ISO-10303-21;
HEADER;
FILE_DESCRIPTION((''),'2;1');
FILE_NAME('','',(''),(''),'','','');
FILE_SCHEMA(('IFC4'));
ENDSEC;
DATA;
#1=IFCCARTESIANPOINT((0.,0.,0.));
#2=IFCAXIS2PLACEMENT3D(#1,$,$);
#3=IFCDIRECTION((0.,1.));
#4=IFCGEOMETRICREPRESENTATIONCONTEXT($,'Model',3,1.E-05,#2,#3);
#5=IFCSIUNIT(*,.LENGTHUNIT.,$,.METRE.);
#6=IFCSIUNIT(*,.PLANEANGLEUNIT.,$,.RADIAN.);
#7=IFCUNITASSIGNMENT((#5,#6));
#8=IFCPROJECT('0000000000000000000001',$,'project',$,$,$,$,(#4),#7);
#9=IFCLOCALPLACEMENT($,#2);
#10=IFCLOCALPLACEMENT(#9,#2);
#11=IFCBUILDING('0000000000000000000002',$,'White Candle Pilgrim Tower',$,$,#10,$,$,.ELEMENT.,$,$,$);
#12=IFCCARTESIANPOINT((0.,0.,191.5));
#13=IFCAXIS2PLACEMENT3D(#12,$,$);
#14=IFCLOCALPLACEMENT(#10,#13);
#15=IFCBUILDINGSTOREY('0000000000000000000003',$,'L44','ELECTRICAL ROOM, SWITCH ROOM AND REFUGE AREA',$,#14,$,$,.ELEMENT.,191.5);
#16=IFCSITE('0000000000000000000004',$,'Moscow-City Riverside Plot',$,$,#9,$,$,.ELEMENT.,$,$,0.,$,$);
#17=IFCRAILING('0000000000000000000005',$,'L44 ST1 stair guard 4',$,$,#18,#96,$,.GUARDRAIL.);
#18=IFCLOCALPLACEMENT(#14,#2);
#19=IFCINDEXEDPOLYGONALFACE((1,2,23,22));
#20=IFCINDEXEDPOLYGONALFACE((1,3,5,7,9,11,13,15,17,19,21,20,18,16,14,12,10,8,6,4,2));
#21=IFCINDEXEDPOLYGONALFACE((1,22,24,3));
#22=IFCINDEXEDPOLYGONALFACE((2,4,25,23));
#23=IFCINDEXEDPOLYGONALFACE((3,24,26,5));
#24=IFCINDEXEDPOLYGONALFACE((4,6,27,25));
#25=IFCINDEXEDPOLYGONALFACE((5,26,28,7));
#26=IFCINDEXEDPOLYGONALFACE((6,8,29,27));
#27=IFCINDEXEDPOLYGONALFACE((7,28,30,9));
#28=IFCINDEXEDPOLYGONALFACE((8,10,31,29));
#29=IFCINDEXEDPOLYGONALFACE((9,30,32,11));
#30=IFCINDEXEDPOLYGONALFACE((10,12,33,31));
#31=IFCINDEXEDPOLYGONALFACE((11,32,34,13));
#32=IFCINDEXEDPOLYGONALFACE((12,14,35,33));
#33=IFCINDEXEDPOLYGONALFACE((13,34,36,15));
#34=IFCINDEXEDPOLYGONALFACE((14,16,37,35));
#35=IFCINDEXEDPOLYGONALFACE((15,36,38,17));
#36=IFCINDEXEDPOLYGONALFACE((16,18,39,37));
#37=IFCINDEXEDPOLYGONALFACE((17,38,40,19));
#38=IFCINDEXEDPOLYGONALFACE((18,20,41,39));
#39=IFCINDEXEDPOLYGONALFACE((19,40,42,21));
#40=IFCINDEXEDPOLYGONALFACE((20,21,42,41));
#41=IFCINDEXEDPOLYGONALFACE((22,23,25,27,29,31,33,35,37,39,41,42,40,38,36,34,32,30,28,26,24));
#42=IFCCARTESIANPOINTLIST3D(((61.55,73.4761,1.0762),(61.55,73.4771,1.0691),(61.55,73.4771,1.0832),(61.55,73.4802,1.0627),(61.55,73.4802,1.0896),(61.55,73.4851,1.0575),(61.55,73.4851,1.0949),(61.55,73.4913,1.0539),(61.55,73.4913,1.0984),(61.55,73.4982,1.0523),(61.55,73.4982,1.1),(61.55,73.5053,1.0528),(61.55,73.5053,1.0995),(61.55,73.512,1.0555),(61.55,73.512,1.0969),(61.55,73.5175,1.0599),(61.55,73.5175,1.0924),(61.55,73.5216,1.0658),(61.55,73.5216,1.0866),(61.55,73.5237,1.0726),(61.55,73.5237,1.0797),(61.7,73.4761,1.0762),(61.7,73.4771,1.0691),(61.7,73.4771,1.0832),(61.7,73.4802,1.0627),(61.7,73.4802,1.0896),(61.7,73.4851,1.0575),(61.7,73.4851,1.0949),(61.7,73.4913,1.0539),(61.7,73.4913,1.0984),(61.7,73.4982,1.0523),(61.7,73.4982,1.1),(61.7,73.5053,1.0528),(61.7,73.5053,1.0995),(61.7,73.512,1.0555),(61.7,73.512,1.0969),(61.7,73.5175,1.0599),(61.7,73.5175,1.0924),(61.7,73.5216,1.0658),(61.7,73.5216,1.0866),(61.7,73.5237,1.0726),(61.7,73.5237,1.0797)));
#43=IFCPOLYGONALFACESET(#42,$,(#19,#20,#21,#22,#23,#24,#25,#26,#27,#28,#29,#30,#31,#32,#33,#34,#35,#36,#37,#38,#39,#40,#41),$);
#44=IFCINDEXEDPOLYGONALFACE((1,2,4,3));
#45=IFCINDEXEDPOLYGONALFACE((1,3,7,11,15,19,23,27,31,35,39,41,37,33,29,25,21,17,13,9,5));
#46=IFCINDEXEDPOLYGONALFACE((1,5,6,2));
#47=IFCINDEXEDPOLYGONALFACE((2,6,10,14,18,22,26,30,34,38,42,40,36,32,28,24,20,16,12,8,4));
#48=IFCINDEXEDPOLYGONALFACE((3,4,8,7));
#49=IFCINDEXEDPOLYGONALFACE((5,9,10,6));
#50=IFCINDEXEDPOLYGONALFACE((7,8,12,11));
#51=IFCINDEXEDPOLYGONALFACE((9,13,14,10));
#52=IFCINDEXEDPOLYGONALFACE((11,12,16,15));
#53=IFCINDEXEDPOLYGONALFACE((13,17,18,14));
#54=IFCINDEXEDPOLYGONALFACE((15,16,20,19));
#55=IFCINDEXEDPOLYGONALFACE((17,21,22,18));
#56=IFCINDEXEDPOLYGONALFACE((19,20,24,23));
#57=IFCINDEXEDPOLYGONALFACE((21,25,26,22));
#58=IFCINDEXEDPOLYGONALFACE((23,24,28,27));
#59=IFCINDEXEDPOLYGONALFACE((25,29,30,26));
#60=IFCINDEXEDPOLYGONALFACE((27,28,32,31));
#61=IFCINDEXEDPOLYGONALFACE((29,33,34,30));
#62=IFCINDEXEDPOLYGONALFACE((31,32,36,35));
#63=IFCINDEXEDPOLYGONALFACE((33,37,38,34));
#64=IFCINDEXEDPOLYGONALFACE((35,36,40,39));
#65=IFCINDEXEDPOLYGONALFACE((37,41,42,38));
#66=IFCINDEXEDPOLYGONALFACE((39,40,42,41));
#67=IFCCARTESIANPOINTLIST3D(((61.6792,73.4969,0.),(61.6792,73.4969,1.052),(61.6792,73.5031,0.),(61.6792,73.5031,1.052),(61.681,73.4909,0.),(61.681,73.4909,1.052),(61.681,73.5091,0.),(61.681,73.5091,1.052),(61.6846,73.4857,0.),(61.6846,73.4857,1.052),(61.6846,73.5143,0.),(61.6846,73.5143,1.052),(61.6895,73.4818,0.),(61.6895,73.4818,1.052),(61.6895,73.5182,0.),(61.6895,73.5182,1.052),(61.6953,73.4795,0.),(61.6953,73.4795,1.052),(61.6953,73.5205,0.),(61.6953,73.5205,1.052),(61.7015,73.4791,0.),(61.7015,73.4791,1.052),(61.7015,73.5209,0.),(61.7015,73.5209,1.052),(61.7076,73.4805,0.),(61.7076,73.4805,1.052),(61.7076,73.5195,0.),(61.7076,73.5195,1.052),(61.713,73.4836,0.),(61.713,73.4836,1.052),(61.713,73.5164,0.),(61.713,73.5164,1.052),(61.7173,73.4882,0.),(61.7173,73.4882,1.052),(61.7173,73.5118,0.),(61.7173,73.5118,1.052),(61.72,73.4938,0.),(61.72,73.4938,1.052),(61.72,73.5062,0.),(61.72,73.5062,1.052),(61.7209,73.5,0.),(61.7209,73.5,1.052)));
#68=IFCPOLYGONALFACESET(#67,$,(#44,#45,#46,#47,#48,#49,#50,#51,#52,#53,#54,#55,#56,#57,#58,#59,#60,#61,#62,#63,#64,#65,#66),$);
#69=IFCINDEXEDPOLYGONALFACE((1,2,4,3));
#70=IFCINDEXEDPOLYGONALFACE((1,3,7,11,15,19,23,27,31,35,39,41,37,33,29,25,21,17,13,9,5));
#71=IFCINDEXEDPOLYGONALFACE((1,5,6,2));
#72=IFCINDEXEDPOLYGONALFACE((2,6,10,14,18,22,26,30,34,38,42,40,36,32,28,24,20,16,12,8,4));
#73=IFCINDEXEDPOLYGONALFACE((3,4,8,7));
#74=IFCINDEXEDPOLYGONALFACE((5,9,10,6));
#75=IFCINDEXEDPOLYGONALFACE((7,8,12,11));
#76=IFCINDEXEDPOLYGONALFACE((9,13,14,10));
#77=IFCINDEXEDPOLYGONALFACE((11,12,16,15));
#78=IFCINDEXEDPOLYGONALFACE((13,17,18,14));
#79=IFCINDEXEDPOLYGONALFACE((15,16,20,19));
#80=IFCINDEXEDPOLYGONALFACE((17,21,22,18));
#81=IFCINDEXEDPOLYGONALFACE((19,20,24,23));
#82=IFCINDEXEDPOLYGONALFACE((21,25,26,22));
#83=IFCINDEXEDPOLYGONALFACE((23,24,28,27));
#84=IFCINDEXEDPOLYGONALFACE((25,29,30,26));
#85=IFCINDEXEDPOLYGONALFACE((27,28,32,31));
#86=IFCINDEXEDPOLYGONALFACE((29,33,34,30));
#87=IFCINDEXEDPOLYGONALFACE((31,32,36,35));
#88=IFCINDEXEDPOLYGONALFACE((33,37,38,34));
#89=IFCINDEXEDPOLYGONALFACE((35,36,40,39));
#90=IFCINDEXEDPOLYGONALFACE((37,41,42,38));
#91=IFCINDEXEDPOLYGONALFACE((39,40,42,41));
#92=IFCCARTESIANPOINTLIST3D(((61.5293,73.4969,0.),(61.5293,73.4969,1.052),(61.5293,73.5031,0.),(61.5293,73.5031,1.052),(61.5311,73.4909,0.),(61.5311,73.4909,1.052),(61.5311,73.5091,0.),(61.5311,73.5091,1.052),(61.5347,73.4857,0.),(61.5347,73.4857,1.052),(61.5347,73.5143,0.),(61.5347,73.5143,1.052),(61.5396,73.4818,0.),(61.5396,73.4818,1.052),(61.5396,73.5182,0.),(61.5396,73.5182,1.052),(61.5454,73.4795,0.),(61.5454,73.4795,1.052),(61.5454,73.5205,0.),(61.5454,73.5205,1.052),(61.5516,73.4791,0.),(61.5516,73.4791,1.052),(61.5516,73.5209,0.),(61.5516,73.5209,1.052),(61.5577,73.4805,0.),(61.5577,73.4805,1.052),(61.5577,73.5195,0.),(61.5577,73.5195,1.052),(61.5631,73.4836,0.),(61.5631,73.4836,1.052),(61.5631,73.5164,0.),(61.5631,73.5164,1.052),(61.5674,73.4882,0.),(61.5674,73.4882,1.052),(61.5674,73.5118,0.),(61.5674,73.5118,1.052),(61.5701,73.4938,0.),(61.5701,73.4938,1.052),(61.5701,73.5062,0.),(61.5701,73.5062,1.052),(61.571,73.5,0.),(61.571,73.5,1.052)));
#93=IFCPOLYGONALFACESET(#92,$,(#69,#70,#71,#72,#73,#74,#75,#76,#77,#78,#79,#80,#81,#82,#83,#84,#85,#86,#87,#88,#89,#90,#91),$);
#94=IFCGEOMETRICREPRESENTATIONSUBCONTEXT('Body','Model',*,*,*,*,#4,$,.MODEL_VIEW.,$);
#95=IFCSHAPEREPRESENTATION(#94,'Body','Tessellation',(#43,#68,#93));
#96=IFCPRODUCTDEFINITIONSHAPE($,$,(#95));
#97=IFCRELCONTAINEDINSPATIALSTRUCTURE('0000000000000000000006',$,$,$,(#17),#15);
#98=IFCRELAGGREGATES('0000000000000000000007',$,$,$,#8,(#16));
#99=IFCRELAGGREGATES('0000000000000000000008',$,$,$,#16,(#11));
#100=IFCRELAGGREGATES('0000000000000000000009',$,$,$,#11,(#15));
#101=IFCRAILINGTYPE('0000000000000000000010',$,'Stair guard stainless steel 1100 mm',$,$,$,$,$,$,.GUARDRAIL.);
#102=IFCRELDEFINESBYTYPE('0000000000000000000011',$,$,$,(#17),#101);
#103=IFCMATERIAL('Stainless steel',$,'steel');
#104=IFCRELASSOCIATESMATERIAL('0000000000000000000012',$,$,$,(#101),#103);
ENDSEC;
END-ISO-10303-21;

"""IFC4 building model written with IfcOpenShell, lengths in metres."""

from ifc_helpers import new_model, si_unit, direction, frame, origin, origin_2d, place, context, subcontext, project, spatial, circle, extrude, material, type_object, element, save


model = new_model("IFC4")

# Units and contexts
model_context = context("Model", 3, precision=1e-05, world=origin(), true_north=direction((0.0, 1.0)))
body_context = subcontext(model_context, "Body", "Model", "MODEL_VIEW")
ifc_project = project(units=[si_unit("LENGTHUNIT", "METRE"), si_unit("PLANEANGLEUNIT", "RADIAN")], contexts=[model_context])

# Site, building, storey
site_placement = place(None, origin())
site = spatial("IfcSite", under=ifc_project, at=site_placement, Name="Moscow-City Riverside Plot", CompositionType="ELEMENT", RefElevation=0.0)
building_placement = place(site_placement, origin())
building = spatial("IfcBuilding", under=site, at=building_placement, Name="White Candle Pilgrim Tower", CompositionType="ELEMENT")
storey_placement = place(building_placement, frame((0.0, 0.0, 191.5)))
storey = spatial("IfcBuildingStorey", under=building, at=storey_placement, Name="L44", Description="ELECTRICAL ROOM, SWITCH ROOM AND REFUGE AREA", CompositionType="ELEMENT", Elevation=191.5)

# Railing
ifc_material_1 = material(Name="Stainless steel", Category="steel")
railing_type_1 = type_object("IfcRailingType", Name="Stair guard stainless steel 1100 mm", PredefinedType="GUARDRAIL", material=ifc_material_1)
railing_1_placement = place(storey_placement, frame((61.7, 73.5, 0.0)))
element("IfcRailing", 1, at=railing_1_placement, inside=storey, type_object=railing_type_1, Name="L44 ST1 stair guard 4", PredefinedType="GUARDRAIL", context=body_context, shape_type="SweptSolid", body=[
    extrude(circle(Radius=0.0239, at=origin_2d()), frame((0.0, 0.0, 1.0762), z_axis=(-1.0, 0.0, 0.0), x_axis=(0.0, -1.0, 0.0)), (0.0, 0.0, 1.0), 0.1499),
    extrude(circle(Radius=0.021, at=origin_2d()), origin(), (0.0, 0.0, 1.0), 1.052),
    extrude(circle(Radius=0.021, at=origin_2d()), frame((-0.1499, 0.0, 0.0)), (0.0, 0.0, 1.0), 1.052),
])

save(model, "model.ifc")
